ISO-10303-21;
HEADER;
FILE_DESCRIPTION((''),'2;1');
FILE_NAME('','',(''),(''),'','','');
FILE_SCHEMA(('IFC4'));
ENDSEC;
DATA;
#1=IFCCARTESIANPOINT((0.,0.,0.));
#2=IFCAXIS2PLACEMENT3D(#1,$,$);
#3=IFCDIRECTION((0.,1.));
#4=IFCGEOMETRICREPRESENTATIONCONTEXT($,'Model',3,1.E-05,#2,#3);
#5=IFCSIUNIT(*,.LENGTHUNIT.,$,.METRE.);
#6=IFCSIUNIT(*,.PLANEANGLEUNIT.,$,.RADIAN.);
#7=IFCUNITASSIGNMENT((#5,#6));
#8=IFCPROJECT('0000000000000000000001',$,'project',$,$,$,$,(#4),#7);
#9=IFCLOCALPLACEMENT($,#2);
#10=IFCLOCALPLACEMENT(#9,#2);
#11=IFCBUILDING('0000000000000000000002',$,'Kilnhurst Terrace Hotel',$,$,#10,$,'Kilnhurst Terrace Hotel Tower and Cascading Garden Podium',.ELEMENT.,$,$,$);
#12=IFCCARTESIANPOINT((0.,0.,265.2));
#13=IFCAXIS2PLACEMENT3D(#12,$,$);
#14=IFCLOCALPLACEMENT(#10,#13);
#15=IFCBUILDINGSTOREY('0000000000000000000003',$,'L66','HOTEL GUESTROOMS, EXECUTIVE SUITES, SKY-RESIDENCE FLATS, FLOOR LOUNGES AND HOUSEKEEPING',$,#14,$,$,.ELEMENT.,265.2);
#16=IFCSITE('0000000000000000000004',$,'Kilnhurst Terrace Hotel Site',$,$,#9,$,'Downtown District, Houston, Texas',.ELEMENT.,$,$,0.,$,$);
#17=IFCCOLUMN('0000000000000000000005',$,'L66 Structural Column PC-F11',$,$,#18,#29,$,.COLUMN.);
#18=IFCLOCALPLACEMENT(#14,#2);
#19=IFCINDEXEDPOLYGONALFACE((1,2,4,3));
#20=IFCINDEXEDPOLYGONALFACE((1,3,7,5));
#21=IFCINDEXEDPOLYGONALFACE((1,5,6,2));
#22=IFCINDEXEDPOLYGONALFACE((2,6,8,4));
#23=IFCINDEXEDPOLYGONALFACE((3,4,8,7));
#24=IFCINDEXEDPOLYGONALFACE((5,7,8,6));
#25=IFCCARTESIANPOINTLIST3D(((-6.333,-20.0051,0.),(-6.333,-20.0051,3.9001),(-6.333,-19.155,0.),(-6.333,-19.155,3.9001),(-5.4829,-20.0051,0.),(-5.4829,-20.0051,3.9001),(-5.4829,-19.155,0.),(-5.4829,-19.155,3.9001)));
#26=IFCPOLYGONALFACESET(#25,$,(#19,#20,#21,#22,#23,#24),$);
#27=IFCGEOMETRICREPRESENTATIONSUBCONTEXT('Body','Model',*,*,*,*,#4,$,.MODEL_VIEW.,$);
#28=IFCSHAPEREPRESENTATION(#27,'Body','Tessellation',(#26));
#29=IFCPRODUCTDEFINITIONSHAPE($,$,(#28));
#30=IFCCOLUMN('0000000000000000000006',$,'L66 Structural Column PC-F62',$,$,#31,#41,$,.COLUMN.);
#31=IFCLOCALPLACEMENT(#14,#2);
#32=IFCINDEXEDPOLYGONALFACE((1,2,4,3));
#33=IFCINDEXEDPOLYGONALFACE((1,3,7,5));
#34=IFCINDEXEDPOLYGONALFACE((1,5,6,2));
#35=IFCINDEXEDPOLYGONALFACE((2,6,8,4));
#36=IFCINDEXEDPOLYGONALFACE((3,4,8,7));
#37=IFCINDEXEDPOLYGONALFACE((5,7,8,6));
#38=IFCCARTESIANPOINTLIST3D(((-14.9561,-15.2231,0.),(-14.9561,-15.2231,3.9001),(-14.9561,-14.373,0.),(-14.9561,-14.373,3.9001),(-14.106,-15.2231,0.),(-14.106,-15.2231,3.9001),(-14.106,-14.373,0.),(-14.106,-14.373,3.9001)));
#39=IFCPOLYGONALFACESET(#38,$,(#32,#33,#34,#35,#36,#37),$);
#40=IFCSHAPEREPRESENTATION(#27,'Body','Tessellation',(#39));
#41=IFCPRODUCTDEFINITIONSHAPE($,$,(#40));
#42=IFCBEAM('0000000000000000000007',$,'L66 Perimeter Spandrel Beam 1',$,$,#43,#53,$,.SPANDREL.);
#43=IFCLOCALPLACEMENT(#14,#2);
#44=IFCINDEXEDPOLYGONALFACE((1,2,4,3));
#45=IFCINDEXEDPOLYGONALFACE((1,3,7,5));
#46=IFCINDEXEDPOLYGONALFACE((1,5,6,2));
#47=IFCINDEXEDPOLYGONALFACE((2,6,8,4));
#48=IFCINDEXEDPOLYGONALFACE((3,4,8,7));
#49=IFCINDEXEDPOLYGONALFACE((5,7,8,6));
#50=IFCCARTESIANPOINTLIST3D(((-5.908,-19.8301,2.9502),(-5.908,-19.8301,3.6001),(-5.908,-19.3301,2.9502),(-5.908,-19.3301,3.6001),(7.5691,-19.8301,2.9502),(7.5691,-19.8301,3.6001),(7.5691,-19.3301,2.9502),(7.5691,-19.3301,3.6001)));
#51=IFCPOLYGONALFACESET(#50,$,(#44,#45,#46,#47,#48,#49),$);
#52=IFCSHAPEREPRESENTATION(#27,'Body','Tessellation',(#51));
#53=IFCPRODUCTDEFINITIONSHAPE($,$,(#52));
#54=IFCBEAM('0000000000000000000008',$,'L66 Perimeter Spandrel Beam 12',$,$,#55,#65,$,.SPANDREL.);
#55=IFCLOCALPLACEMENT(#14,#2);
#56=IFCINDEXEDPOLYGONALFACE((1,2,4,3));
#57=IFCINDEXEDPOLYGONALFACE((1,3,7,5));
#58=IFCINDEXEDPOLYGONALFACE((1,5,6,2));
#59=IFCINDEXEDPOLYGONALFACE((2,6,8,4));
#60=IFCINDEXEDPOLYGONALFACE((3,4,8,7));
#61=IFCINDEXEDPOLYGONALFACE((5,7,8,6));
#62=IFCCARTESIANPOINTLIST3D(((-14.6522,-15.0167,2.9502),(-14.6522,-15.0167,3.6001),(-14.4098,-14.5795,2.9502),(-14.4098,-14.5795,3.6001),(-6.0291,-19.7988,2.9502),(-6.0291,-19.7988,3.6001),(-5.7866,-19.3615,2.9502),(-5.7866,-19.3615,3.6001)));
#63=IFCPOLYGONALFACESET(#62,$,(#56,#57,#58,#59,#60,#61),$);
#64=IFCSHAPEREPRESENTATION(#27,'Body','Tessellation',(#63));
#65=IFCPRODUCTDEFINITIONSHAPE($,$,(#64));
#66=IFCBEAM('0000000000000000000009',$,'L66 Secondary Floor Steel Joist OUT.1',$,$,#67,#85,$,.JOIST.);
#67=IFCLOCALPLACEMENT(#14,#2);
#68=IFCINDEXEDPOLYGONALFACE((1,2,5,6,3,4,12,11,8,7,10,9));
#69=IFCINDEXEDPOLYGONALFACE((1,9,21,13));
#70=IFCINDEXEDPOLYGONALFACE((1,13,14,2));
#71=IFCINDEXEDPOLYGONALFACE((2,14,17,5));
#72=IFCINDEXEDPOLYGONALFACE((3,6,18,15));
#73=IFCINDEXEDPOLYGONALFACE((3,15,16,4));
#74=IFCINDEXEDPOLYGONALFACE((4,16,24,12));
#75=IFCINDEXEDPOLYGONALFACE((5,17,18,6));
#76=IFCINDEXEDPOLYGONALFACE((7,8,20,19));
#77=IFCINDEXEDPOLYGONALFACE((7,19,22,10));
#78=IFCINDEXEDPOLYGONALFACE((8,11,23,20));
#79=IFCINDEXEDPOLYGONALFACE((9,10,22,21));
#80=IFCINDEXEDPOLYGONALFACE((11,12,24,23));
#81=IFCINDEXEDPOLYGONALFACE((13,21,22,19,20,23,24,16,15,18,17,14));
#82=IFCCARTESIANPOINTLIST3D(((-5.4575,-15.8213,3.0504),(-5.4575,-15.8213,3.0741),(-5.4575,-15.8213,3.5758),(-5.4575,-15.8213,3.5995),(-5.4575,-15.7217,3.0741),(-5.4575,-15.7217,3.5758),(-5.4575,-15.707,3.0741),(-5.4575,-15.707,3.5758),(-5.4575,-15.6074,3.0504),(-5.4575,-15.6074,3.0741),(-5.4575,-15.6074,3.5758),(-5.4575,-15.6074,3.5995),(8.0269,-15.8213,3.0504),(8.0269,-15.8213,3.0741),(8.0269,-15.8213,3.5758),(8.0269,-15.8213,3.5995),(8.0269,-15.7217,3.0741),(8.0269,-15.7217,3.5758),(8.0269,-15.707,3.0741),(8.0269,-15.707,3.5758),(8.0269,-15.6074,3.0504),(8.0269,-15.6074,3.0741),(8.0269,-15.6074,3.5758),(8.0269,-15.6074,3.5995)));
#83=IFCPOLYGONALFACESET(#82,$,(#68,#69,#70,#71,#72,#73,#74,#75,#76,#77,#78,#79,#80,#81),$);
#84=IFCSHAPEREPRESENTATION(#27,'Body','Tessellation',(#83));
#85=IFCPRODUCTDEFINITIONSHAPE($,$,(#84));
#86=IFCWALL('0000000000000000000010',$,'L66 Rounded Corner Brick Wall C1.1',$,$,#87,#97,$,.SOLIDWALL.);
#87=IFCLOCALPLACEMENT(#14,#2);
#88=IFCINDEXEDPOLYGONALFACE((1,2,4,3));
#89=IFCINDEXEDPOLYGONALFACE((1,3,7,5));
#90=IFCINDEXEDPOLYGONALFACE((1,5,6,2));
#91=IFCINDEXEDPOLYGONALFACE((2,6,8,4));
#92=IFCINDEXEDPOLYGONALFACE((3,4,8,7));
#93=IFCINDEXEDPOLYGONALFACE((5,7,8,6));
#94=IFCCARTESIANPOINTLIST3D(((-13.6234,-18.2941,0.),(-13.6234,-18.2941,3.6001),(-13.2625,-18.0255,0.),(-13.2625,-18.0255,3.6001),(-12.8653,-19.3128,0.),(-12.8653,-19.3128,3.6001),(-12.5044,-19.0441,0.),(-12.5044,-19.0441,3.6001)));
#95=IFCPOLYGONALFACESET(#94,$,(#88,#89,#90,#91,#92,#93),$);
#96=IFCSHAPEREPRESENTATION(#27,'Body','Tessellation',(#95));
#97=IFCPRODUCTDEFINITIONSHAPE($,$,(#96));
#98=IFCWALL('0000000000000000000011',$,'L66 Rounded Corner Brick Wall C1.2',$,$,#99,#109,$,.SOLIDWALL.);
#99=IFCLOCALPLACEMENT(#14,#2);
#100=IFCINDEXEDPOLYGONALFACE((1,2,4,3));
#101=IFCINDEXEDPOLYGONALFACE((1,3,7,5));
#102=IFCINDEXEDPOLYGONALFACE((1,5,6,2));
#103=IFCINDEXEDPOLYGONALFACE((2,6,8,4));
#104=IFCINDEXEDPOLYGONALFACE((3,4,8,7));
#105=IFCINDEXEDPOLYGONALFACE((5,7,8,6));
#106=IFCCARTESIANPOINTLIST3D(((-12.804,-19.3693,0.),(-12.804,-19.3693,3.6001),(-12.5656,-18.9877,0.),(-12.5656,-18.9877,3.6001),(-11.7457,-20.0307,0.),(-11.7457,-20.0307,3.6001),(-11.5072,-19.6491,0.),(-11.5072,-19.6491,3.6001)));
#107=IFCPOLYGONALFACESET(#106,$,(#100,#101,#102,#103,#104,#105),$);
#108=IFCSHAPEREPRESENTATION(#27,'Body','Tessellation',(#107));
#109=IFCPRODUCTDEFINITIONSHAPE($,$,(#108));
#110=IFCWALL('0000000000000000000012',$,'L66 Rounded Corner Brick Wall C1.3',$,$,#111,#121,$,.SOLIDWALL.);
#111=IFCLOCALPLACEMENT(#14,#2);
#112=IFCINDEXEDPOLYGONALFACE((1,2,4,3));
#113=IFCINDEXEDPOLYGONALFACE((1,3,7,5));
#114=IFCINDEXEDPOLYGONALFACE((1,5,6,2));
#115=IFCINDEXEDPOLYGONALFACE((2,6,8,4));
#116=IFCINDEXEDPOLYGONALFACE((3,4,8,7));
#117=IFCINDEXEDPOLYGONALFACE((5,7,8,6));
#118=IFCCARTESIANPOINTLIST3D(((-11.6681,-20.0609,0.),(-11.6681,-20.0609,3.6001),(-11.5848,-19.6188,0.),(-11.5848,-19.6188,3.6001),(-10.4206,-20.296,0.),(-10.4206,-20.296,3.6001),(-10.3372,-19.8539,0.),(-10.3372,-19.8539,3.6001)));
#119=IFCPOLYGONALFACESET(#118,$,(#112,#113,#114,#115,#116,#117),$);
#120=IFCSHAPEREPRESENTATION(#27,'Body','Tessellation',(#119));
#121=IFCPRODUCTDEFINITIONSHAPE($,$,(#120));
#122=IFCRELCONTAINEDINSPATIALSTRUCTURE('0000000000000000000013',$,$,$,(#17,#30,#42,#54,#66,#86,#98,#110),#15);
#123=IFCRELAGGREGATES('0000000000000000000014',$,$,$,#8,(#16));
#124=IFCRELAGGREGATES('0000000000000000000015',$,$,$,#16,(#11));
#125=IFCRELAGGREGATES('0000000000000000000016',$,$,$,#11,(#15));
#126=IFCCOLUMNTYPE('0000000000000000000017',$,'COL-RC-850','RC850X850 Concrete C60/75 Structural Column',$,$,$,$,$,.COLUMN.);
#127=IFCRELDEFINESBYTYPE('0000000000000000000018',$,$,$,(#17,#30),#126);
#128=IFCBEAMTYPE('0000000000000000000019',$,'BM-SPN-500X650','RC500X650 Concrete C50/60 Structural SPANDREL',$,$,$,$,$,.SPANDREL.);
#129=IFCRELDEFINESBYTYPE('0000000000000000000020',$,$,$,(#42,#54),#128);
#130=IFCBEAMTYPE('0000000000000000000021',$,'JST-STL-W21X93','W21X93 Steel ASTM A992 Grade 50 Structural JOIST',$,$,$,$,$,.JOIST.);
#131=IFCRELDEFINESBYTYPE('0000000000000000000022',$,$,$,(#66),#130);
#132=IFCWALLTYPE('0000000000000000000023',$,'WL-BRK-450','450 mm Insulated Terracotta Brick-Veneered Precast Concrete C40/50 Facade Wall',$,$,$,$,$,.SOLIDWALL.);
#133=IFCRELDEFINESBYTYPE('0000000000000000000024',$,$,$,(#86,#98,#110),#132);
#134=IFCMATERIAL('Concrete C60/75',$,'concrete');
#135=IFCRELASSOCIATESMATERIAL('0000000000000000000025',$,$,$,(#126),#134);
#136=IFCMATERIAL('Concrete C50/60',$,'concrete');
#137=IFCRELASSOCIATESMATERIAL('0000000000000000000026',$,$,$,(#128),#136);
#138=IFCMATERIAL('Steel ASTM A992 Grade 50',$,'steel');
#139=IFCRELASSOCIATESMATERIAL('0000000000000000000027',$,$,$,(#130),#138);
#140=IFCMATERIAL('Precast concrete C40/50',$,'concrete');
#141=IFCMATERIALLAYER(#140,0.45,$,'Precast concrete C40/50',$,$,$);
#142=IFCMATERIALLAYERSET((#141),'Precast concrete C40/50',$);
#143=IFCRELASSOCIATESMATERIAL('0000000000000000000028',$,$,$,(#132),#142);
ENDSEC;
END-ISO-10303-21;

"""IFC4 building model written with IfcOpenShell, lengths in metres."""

from ifc_helpers import new_model, si_unit, direction, frame, frame_2d, origin, origin_2d, place, context, subcontext, project, spatial, rectangle, i_section, extrude, material, layer, layer_set, material_profile, profile_set, type_object, element, save


model = new_model("IFC4")

# Units and contexts
model_context = context("Model", 3, precision=1e-05, world=origin(), true_north=direction((0.0, 1.0)))
body_context = subcontext(model_context, "Body", "Model", "MODEL_VIEW")
ifc_project = project(units=[si_unit("LENGTHUNIT", "METRE"), si_unit("PLANEANGLEUNIT", "RADIAN")], contexts=[model_context])

# Site, building, storey
site_placement = place(None, origin())
site = spatial("IfcSite", under=ifc_project, at=site_placement, Name="Kilnhurst Terrace Hotel Site", LongName="Downtown District, Houston, Texas", CompositionType="ELEMENT", RefElevation=0.0)
building_placement = place(site_placement, origin())
building = spatial("IfcBuilding", under=site, at=building_placement, Name="Kilnhurst Terrace Hotel", LongName="Kilnhurst Terrace Hotel Tower and Cascading Garden Podium", CompositionType="ELEMENT")
storey_placement = place(building_placement, frame((0.0, 0.0, 265.2)))
storey = spatial("IfcBuildingStorey", under=building, at=storey_placement, Name="L66", Description="HOTEL GUESTROOMS, EXECUTIVE SUITES, SKY-RESIDENCE FLATS, FLOOR LOUNGES AND HOUSEKEEPING", CompositionType="ELEMENT", Elevation=265.2)

# Columns
ifc_material_1 = material(Name="Concrete C60/75", Category="concrete")
ifc_material_profile_1 = material_profile(ifc_material_1, rectangle(XDim=0.8501, YDim=0.8501, at=origin_2d()), Name="RC850X850")
ifc_profile_set_1 = profile_set([ifc_material_profile_1], Name="Concrete C60/75")
column_type = type_object("IfcColumnType", Name="COL-RC-850", Description="RC850X850 Concrete C60/75 Structural Column", PredefinedType="COLUMN", material=ifc_profile_set_1)
for number, where, z_axis, x_axis, name in (
    (1, (-5.908, -19.5801, 0.0), (0.0, 0.0, 1.0), (1.0, 0.0, 0.0), "L66 Structural Column PC-F11"),
    (2, (-14.531, -14.7981, 0.0), (0.0, 0.0, 1.0), (1.0, 0.0, 0.0), "L66 Structural Column PC-F62"),
):
    element("IfcColumn", number, at=place(storey_placement, frame(where, z_axis=z_axis, x_axis=x_axis)), inside=storey, type_object=column_type, Name=name, PredefinedType="COLUMN", context=body_context, shape_type="SweptSolid", body=[
        extrude(rectangle(XDim=0.8501, YDim=0.8501, at=origin_2d()), origin(), (0.0, 0.0, 1.0), 3.9001),
    ])

# Beams
ifc_material_2 = material(Name="Concrete C50/60", Category="concrete")
ifc_material_profile_2 = material_profile(ifc_material_2, rectangle(XDim=0.5, YDim=0.6499, at=origin_2d()), Name="RC500X650")
ifc_profile_set_2 = profile_set([ifc_material_profile_2], Name="Concrete C50/60")
beam_type_1 = type_object("IfcBeamType", Name="BM-SPN-500X650", Description="RC500X650 Concrete C50/60 Structural SPANDREL", PredefinedType="SPANDREL", material=ifc_profile_set_2)
beam_1_placement = place(storey_placement, frame((-5.908, -19.5801, 3.2751), z_axis=(1.0, 0.0, 0.0), x_axis=(0.0, 1.0, 0.0)))
element("IfcBeam", 3, at=beam_1_placement, inside=storey, type_object=beam_type_1, Name="L66 Perimeter Spandrel Beam 1", PredefinedType="SPANDREL", context=body_context, shape_type="SweptSolid", body=[
    extrude(rectangle(XDim=0.5, YDim=0.6499, at=origin_2d()), origin(), (0.0, 0.0, 1.0), 13.4771),
])
beam_2_placement = place(storey_placement, frame((-14.531, -14.7981, 3.2751), z_axis=(0.874527, -0.484976, 0.0), x_axis=(0.484976, 0.874527, 0.0)))
element("IfcBeam", 4, at=beam_2_placement, inside=storey, type_object=beam_type_1, Name="L66 Perimeter Spandrel Beam 12", PredefinedType="SPANDREL", context=body_context, shape_type="SweptSolid", body=[
    extrude(rectangle(XDim=0.5, YDim=0.6499, at=origin_2d()), origin(), (0.0, 0.0, 1.0), 9.8604),
])
ifc_material_3 = material(Name="Steel ASTM A992 Grade 50", Category="steel")
ifc_material_profile_3 = material_profile(ifc_material_3, i_section(OverallWidth=0.2139, OverallDepth=0.5491, WebThickness=0.0146, FlangeThickness=0.0237, at=origin_2d()), Name="W21X93")
ifc_profile_set_3 = profile_set([ifc_material_profile_3], Name="Steel ASTM A992 Grade 50")
beam_type_2 = type_object("IfcBeamType", Name="JST-STL-W21X93", Description="W21X93 Steel ASTM A992 Grade 50 Structural JOIST", PredefinedType="JOIST", material=ifc_profile_set_3)
beam_3_placement = place(storey_placement, frame((-5.4575, -15.7144, 3.325), z_axis=(1.0, 0.0, 0.0), x_axis=(0.0, 1.0, 0.0)))
element("IfcBeam", 5, at=beam_3_placement, inside=storey, type_object=beam_type_2, Name="L66 Secondary Floor Steel Joist OUT.1", PredefinedType="JOIST", context=body_context, shape_type="SweptSolid", body=[
    extrude(i_section(OverallWidth=0.2139, OverallDepth=0.5491, WebThickness=0.0146, FlangeThickness=0.0237, at=origin_2d()), origin(), (0.0, 0.0, 1.0), 13.4844),
])

# Walls
ifc_material_4 = material(Name="Precast concrete C40/50", Category="concrete")
ifc_layer_1 = layer(ifc_material_4, 0.45, Name="Precast concrete C40/50")
ifc_layer_set_1 = layer_set([ifc_layer_1], Name="Precast concrete C40/50")
wall_type_1 = type_object("IfcWallType", Name="WL-BRK-450", Description="450 mm Insulated Terracotta Brick-Veneered Precast Concrete C40/50 Facade Wall", PredefinedType="SOLIDWALL", material=ifc_layer_set_1)
wall_1_placement = place(storey_placement, frame((-13.4429, -18.1599, 0.0), z_axis=(0.0, 0.0, 1.0), x_axis=(0.597042, -0.80221, 0.0)))
element("IfcWall", 6, at=wall_1_placement, inside=storey, type_object=wall_type_1, Name="L66 Rounded Corner Brick Wall C1.1", PredefinedType="SOLIDWALL", context=body_context, shape_type="SweptSolid", body=[
    extrude(rectangle(XDim=1.2698, YDim=0.45, at=frame_2d((0.6348, 0.0))), origin(), (0.0, 0.0, 1.0), 3.6001),
])
wall_2_placement = place(storey_placement, frame((-12.6848, -19.1785, 0.0), z_axis=(0.0, 0.0, 1.0), x_axis=(0.848031, -0.529946, 0.0)))
element("IfcWall", 7, at=wall_2_placement, inside=storey, type_object=wall_type_1, Name="L66 Rounded Corner Brick Wall C1.2", PredefinedType="SOLIDWALL", context=body_context, shape_type="SweptSolid", body=[
    extrude(rectangle(XDim=1.248, YDim=0.45, at=frame_2d((0.624, 0.0))), origin(), (0.0, 0.0, 1.0), 3.6001),
])
wall_3_placement = place(storey_placement, frame((-11.6265, -19.8398, 0.0), z_axis=(0.0, 0.0, 1.0), x_axis=(0.982702, -0.185194, 0.0)))
element("IfcWall", 8, at=wall_3_placement, inside=storey, type_object=wall_type_1, Name="L66 Rounded Corner Brick Wall C1.3", PredefinedType="SOLIDWALL", context=body_context, shape_type="SweptSolid", body=[
    extrude(rectangle(XDim=1.2695, YDim=0.45, at=frame_2d((0.6348, 0.0))), origin(), (0.0, 0.0, 1.0), 3.6001),
])

save(model, "model.ifc")
